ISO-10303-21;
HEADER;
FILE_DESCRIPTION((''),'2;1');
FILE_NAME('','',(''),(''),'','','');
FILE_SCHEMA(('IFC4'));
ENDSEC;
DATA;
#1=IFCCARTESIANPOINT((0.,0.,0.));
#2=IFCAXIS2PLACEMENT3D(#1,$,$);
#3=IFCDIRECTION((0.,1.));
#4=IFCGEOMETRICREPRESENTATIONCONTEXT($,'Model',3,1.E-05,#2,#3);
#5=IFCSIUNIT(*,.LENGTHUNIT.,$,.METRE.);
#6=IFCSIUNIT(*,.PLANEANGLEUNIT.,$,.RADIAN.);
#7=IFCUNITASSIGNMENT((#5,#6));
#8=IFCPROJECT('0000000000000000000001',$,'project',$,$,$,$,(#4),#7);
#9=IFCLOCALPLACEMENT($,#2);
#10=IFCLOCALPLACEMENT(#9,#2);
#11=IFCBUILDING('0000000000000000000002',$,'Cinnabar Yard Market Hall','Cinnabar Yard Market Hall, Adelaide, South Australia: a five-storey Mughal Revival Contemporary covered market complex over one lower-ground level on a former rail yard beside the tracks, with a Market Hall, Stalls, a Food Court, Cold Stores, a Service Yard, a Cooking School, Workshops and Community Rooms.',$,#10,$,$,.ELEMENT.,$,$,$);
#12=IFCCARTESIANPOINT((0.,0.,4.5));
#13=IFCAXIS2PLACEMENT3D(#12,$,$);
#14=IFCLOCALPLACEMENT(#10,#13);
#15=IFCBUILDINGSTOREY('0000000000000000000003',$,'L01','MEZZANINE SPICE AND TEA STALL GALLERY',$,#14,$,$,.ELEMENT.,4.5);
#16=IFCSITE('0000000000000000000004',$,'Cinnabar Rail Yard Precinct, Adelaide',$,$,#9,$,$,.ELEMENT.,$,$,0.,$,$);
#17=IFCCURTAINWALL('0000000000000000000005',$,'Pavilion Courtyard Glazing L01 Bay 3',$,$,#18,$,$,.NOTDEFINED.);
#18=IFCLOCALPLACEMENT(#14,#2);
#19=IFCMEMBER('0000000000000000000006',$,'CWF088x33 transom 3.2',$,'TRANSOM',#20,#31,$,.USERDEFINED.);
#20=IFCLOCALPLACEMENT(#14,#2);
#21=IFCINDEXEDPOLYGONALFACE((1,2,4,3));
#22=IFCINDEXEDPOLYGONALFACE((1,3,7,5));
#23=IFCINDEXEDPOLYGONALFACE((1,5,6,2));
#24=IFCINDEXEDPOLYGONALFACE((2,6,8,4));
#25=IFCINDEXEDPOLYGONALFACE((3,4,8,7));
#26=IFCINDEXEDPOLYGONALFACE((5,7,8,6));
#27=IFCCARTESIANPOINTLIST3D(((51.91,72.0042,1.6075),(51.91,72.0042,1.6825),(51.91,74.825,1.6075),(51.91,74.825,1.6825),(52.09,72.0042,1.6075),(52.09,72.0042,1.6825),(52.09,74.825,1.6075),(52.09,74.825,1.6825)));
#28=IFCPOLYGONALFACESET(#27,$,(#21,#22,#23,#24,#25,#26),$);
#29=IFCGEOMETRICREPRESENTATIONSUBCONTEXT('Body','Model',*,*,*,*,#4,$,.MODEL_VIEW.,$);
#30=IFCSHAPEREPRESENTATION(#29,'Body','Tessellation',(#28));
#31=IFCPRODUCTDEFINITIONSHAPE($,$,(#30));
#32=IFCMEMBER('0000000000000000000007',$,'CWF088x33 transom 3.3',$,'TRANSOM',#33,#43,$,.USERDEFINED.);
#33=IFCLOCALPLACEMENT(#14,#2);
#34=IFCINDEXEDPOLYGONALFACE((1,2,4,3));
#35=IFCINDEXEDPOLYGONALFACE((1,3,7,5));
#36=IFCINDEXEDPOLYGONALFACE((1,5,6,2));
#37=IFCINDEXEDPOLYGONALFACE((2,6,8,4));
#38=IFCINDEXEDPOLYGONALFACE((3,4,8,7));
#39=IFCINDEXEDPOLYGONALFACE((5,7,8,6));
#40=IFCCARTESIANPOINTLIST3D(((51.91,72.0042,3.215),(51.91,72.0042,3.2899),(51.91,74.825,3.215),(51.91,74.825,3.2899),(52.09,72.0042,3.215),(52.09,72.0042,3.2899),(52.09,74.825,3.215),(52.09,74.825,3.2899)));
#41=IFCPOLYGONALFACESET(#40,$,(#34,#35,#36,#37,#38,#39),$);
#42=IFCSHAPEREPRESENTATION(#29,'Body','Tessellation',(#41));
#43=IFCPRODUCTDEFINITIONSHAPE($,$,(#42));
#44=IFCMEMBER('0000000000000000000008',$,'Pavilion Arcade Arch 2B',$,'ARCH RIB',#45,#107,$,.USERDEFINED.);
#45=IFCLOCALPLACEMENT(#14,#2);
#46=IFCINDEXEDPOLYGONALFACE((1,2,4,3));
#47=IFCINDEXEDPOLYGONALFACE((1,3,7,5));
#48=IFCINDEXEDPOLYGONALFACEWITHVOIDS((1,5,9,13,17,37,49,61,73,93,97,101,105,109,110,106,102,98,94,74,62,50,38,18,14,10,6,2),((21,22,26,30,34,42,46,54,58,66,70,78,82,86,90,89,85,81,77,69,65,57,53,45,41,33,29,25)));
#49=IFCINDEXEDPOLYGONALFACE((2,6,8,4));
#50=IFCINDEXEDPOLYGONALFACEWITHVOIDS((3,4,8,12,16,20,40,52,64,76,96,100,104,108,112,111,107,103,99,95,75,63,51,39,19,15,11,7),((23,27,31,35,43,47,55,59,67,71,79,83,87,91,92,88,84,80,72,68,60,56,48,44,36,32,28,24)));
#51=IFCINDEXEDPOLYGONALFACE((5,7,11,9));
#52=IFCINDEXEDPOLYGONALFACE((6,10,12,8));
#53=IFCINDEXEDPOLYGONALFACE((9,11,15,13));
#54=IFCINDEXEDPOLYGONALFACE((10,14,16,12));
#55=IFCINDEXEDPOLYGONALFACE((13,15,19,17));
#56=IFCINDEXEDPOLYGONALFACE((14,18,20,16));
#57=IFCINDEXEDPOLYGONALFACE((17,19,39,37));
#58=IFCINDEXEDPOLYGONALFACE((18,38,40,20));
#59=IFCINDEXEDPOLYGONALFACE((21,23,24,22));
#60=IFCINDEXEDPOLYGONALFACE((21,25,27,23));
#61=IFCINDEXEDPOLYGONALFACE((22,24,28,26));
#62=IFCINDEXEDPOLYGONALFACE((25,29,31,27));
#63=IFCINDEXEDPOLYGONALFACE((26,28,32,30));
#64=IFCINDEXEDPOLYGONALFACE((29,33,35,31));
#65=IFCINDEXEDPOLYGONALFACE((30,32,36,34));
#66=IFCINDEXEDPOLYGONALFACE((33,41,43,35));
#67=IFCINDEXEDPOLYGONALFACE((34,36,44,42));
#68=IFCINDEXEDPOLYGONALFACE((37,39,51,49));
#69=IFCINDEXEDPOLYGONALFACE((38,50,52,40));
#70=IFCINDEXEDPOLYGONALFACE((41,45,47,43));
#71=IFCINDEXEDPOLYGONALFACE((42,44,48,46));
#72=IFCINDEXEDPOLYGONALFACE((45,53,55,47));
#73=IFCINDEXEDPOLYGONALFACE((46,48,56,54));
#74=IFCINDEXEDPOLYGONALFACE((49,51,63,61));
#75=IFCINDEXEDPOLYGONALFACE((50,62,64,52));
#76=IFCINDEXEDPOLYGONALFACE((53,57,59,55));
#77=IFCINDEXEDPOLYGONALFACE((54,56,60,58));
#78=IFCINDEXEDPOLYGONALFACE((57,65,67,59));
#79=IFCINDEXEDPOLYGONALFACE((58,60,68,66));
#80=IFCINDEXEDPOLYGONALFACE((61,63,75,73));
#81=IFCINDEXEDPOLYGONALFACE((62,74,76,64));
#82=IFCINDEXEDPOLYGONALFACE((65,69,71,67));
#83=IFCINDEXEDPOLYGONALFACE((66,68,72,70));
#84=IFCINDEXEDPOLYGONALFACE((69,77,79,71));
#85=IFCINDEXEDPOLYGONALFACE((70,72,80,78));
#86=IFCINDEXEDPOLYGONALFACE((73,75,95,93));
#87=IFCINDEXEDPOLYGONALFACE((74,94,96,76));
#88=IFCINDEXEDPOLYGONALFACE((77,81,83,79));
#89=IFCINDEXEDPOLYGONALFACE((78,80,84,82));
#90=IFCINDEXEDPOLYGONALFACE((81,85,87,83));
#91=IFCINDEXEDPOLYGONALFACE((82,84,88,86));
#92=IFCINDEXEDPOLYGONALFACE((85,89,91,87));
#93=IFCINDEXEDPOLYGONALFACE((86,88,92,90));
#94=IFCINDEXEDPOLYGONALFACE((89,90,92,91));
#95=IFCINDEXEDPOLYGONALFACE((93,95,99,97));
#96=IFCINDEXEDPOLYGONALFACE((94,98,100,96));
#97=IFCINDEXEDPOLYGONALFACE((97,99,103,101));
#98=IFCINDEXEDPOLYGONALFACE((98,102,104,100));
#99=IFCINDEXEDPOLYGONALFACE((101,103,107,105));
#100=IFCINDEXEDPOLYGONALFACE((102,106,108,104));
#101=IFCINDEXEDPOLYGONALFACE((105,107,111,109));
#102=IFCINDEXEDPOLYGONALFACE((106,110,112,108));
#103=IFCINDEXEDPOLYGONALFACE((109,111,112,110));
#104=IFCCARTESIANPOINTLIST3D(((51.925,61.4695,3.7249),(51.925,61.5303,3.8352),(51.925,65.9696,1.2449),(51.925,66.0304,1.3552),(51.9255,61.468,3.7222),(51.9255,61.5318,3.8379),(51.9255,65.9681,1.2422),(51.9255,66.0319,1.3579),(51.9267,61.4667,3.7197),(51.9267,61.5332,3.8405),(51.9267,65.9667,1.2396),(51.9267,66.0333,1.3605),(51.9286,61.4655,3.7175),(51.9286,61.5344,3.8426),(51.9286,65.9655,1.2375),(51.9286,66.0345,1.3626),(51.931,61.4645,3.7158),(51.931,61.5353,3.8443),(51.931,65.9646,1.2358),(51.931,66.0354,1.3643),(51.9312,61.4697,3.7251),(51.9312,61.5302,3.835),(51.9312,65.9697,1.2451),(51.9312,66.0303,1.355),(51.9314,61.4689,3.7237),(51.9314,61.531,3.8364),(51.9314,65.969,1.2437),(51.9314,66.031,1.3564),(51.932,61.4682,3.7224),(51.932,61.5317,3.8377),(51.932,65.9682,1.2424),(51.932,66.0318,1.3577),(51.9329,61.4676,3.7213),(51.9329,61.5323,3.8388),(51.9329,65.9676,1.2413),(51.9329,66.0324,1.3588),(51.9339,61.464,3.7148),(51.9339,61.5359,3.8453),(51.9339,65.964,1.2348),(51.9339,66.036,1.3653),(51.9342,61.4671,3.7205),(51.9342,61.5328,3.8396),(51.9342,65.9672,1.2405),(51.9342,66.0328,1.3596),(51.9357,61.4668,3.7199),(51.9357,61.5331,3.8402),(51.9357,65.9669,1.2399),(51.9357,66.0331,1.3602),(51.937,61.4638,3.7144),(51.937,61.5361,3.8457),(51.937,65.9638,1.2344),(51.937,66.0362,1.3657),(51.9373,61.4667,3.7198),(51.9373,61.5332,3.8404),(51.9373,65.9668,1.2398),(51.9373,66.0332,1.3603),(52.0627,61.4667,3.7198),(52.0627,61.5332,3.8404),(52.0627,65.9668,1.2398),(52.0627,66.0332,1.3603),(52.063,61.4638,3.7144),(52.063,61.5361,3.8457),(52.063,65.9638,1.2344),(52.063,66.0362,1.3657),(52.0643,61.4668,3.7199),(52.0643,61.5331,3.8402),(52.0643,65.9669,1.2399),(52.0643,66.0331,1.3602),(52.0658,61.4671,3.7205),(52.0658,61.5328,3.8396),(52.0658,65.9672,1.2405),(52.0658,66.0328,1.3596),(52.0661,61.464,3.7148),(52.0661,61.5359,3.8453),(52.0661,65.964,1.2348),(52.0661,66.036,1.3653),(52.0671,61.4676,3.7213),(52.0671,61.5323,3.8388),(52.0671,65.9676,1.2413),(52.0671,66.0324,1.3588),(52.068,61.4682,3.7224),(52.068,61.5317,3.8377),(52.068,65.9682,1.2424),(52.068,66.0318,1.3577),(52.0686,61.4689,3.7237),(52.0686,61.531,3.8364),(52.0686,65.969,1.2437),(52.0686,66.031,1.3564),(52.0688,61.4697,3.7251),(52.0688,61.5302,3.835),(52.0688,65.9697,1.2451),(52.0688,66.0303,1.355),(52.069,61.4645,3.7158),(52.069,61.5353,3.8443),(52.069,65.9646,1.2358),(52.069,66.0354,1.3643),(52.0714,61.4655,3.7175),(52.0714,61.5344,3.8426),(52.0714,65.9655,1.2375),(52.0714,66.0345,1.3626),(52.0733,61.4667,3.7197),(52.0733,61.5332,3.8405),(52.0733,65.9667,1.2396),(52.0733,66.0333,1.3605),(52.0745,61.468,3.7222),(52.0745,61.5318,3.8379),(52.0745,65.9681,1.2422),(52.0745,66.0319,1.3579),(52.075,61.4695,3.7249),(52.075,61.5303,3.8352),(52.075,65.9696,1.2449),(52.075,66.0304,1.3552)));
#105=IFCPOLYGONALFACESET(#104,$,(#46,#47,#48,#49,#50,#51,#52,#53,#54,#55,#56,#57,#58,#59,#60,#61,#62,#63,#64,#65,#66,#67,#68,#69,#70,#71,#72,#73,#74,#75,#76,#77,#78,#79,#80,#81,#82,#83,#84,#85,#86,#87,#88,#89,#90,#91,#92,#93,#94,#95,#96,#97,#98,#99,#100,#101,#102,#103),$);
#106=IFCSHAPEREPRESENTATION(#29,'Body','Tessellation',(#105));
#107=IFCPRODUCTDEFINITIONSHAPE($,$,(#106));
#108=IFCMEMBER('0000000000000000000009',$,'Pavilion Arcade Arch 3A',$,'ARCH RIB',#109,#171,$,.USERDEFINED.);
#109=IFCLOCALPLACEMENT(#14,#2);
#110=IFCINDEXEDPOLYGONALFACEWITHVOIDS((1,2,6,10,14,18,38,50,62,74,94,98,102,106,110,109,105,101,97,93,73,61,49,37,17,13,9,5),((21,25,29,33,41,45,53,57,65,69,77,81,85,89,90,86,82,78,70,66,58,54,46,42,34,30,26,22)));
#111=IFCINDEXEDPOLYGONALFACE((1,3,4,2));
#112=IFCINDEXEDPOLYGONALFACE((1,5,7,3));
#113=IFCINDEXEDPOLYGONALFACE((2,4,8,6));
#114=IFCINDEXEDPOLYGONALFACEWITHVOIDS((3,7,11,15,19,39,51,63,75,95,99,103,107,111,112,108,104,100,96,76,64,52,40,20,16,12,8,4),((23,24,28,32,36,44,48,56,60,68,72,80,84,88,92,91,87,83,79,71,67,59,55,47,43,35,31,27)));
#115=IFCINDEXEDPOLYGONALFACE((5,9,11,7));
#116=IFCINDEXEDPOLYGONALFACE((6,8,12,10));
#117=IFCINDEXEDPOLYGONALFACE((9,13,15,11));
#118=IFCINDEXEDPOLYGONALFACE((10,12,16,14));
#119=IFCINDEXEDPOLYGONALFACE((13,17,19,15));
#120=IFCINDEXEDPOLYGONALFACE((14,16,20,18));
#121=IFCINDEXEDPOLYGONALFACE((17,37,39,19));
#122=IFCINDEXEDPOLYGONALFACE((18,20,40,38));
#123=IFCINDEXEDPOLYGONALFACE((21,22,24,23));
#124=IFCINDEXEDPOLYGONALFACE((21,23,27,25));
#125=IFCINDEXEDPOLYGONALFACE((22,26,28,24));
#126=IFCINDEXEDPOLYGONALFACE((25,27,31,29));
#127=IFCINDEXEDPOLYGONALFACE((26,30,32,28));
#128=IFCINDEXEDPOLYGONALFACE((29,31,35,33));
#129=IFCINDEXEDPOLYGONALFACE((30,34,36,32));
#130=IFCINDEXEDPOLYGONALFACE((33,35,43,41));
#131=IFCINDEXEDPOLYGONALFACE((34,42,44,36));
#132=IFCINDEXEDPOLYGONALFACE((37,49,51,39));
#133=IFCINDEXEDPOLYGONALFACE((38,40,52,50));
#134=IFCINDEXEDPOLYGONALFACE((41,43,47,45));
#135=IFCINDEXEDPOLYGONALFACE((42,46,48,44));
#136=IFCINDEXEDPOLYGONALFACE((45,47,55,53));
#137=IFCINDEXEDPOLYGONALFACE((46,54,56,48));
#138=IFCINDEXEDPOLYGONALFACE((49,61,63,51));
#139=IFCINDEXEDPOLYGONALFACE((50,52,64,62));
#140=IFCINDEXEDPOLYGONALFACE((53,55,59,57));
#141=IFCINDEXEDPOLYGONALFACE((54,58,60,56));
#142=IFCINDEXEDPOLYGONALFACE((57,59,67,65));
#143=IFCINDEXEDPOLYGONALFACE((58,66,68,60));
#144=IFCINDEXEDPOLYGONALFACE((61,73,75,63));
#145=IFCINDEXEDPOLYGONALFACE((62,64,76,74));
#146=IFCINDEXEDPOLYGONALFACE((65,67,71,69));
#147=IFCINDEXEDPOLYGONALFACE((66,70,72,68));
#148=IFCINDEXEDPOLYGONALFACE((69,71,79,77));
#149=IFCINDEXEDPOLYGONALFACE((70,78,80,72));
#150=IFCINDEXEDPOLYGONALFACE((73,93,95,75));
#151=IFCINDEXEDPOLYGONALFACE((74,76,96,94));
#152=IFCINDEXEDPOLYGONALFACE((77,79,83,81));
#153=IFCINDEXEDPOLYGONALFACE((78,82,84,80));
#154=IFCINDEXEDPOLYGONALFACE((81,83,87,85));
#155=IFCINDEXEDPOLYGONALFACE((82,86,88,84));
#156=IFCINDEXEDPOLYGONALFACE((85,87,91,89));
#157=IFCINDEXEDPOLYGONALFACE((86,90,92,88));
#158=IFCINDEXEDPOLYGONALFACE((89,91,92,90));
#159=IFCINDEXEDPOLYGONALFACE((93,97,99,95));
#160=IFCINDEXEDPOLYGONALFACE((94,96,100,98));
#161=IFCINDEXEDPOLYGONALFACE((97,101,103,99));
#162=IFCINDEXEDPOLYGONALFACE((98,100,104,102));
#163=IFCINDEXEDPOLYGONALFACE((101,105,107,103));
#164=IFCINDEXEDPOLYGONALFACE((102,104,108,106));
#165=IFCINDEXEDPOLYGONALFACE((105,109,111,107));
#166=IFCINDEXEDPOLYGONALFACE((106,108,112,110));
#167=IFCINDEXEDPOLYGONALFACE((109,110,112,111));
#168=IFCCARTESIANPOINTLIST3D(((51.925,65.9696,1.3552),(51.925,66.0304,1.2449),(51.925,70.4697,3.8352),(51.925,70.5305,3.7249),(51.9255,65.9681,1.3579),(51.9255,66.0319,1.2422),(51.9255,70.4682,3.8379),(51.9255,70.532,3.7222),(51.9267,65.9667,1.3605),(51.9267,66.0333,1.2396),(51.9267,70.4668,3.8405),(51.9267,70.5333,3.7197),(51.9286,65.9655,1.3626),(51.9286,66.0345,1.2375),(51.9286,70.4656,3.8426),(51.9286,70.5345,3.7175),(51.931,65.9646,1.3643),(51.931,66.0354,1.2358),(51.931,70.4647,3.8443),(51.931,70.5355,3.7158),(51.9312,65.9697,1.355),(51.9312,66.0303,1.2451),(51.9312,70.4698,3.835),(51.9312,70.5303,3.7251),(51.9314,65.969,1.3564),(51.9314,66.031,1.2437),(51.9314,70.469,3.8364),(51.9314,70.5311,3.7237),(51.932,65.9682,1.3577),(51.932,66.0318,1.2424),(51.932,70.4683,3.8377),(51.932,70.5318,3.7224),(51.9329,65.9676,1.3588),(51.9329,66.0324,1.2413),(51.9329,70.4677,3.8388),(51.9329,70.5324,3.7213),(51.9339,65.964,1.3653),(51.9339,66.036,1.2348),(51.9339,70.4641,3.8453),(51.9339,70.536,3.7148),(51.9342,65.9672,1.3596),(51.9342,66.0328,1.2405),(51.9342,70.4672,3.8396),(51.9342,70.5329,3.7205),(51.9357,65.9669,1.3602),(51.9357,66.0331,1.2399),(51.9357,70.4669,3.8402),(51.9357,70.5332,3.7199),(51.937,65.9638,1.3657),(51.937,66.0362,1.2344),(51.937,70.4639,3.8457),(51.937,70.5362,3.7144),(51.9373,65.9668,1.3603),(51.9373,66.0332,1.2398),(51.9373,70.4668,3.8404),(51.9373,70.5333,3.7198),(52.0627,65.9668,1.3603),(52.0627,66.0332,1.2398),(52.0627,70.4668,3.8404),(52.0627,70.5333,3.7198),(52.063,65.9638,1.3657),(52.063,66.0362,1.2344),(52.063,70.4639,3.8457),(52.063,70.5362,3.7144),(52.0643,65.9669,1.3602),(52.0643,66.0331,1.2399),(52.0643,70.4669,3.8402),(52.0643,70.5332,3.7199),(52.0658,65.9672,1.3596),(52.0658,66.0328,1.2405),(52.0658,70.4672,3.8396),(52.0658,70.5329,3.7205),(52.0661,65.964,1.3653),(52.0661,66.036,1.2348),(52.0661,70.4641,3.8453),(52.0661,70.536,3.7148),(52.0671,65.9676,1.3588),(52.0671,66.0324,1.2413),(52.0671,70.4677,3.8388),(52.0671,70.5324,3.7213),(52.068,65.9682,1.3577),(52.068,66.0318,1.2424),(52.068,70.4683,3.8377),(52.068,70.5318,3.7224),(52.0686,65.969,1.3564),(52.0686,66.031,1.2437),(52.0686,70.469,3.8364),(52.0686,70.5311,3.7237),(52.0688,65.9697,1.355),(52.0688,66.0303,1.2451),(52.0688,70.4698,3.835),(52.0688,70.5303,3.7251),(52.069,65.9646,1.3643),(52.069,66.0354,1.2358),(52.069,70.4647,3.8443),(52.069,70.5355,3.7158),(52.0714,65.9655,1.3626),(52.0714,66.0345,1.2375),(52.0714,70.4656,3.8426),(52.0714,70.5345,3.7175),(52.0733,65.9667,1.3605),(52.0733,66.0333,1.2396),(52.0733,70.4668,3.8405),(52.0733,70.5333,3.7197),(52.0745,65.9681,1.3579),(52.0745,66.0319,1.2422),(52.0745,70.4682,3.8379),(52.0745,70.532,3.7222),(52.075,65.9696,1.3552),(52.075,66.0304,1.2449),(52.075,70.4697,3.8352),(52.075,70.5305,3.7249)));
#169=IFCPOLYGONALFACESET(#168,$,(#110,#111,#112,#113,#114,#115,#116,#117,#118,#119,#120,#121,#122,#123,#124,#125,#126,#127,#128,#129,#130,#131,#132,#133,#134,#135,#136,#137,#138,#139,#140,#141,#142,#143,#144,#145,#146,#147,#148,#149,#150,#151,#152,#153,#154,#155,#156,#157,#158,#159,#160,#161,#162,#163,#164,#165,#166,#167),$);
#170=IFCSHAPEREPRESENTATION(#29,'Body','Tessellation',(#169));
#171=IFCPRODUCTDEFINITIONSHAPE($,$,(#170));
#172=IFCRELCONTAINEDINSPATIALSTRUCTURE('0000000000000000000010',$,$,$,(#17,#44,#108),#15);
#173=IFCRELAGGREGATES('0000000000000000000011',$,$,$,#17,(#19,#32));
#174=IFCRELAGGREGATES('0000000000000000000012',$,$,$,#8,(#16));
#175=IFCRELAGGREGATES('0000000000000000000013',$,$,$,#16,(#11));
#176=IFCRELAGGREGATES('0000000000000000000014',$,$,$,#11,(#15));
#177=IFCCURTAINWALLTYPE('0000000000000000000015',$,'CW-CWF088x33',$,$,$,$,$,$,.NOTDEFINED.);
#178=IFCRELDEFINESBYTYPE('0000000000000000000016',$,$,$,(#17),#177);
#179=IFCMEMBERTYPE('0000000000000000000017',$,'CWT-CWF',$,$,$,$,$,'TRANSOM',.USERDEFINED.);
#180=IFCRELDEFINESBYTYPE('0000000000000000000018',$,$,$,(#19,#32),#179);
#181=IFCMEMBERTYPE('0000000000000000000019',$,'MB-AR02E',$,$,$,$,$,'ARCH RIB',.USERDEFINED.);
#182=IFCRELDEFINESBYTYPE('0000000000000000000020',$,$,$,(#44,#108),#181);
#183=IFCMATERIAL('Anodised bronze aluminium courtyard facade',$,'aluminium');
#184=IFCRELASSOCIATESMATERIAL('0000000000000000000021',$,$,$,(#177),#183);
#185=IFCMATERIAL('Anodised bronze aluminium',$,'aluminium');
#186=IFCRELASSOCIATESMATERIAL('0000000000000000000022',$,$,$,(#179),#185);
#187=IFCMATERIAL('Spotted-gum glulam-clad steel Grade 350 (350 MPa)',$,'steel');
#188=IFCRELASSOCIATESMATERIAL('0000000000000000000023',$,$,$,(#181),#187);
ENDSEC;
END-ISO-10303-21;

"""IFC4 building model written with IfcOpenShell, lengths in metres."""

from ifc_helpers import new_model, si_unit, direction, frame, origin, origin_2d_with_axis, place, context, subcontext, project, spatial, rectangle, hollow_rectangle, extrude, material, material_profile, profile_set, type_object, element, aggregate, save


model = new_model("IFC4")

# Units and contexts
model_context = context("Model", 3, precision=1e-05, world=origin(), true_north=direction((0.0, 1.0)))
body_context = subcontext(model_context, "Body", "Model", "MODEL_VIEW")
ifc_project = project(units=[si_unit("LENGTHUNIT", "METRE"), si_unit("PLANEANGLEUNIT", "RADIAN")], contexts=[model_context])

# Site, building, storey
site_placement = place(None, origin())
site = spatial("IfcSite", under=ifc_project, at=site_placement, Name="Cinnabar Rail Yard Precinct, Adelaide", CompositionType="ELEMENT", RefElevation=0.0)
building_placement = place(site_placement, origin())
building = spatial("IfcBuilding", under=site, at=building_placement, Name="Cinnabar Yard Market Hall", Description="Cinnabar Yard Market Hall, Adelaide, South Australia: a five-storey Mughal Revival Contemporary covered market complex over one lower-ground level on a former rail yard beside the tracks, with a Market Hall, Stalls, a Food Court, Cold Stores, a Service Yard, a Cooking School, Workshops and Community Rooms.", CompositionType="ELEMENT")
storey_placement = place(building_placement, frame((0.0, 0.0, 4.5)))
storey = spatial("IfcBuildingStorey", under=building, at=storey_placement, Name="L01", Description="MEZZANINE SPICE AND TEA STALL GALLERY", CompositionType="ELEMENT", Elevation=4.5)

# Shared definitions
ifc_material_1 = material(Name="Anodised bronze aluminium courtyard facade", Category="aluminium")
curtain_wall_type = type_object("IfcCurtainWallType", Name="CW-CWF088x33", PredefinedType="NOTDEFINED", material=ifc_material_1)
ifc_material_2 = material(Name="Anodised bronze aluminium", Category="aluminium")

# Curtain wall
curtain_wall_1_placement = place(storey_placement, origin())
curtain_wall_1 = element("IfcCurtainWall", 1, at=curtain_wall_1_placement, inside=storey, type_object=curtain_wall_type, Name="Pavilion Courtyard Glazing L01 Bay 3", PredefinedType="NOTDEFINED")

# Members
ifc_material_profile_1 = material_profile(ifc_material_2, rectangle(XDim=0.1799, YDim=0.075, at=origin_2d_with_axis()), Name="TRN-CWF")
ifc_profile_set_1 = profile_set([ifc_material_profile_1], Name="Anodised bronze aluminium")
member_type_1 = type_object("IfcMemberType", Name="CWT-CWF", ElementType="TRANSOM", PredefinedType="USERDEFINED", material=ifc_profile_set_1)
member_1_placement = place(storey_placement, frame((52.0, 72.0042, 1.645), z_axis=(0.0, 1.0, 0.0), x_axis=(-1.0, 0.0, 0.0)))
member_1 = element("IfcMember", 2, at=member_1_placement, type_object=member_type_1, Name="CWF088x33 transom 3.2", ObjectType="TRANSOM", PredefinedType="USERDEFINED", context=body_context, shape_type="SweptSolid", body=[
    extrude(rectangle(XDim=0.1799, YDim=0.075, at=origin_2d_with_axis()), origin(), (0.0, 0.0, 1.0), 2.8208),
])
member_2_placement = place(storey_placement, frame((52.0, 72.0042, 3.2524), z_axis=(0.0, 1.0, 0.0), x_axis=(-1.0, 0.0, 0.0)))
member_2 = element("IfcMember", 3, at=member_2_placement, type_object=member_type_1, Name="CWF088x33 transom 3.3", ObjectType="TRANSOM", PredefinedType="USERDEFINED", context=body_context, shape_type="SweptSolid", body=[
    extrude(rectangle(XDim=0.1799, YDim=0.075, at=origin_2d_with_axis()), origin(), (0.0, 0.0, 1.0), 2.8208),
])

# Members
ifc_material_3 = material(Name="Spotted-gum glulam-clad steel Grade 350 (350 MPa)", Category="steel")
ifc_material_profile_2 = material_profile(ifc_material_3, hollow_rectangle(XDim=0.1499, YDim=0.1499, WallThickness=0.0061, InnerFilletRadius=0.0061, OuterFilletRadius=0.012, at=origin_2d_with_axis()), Name="150x150x6.0SHS")
ifc_profile_set_2 = profile_set([ifc_material_profile_2], Name="Spotted-gum glulam-clad steel Grade 350 (350 MPa)")
member_type_2 = type_object("IfcMemberType", Name="MB-AR02E", ElementType="ARCH RIB", PredefinedType="USERDEFINED", material=ifc_profile_set_2)
for number, where, z_axis, x_axis, name in (
    (4, (52.0, 66.0, 1.3), (0.0, -0.875806, 0.482663), (1.0, 0.0, 0.0), "Pavilion Arcade Arch 2B"),
    (5, (52.0, 66.0, 1.3), (0.0, 0.875806, 0.482663), (-1.0, 0.0, 0.0), "Pavilion Arcade Arch 3A"),
):
    element("IfcMember", number, at=place(storey_placement, frame(where, z_axis=z_axis, x_axis=x_axis)), inside=storey, type_object=member_type_2, Name=name, ObjectType="ARCH RIB", PredefinedType="USERDEFINED", context=body_context, shape_type="SweptSolid", body=[
        extrude(hollow_rectangle(XDim=0.1499, YDim=0.1499, WallThickness=0.0061, InnerFilletRadius=0.0061, OuterFilletRadius=0.012, at=origin_2d_with_axis()), origin(), (0.0, 0.0, 1.0), 5.1382),
    ])

aggregate(curtain_wall_1, [member_1, member_2])

save(model, "model.ifc")
